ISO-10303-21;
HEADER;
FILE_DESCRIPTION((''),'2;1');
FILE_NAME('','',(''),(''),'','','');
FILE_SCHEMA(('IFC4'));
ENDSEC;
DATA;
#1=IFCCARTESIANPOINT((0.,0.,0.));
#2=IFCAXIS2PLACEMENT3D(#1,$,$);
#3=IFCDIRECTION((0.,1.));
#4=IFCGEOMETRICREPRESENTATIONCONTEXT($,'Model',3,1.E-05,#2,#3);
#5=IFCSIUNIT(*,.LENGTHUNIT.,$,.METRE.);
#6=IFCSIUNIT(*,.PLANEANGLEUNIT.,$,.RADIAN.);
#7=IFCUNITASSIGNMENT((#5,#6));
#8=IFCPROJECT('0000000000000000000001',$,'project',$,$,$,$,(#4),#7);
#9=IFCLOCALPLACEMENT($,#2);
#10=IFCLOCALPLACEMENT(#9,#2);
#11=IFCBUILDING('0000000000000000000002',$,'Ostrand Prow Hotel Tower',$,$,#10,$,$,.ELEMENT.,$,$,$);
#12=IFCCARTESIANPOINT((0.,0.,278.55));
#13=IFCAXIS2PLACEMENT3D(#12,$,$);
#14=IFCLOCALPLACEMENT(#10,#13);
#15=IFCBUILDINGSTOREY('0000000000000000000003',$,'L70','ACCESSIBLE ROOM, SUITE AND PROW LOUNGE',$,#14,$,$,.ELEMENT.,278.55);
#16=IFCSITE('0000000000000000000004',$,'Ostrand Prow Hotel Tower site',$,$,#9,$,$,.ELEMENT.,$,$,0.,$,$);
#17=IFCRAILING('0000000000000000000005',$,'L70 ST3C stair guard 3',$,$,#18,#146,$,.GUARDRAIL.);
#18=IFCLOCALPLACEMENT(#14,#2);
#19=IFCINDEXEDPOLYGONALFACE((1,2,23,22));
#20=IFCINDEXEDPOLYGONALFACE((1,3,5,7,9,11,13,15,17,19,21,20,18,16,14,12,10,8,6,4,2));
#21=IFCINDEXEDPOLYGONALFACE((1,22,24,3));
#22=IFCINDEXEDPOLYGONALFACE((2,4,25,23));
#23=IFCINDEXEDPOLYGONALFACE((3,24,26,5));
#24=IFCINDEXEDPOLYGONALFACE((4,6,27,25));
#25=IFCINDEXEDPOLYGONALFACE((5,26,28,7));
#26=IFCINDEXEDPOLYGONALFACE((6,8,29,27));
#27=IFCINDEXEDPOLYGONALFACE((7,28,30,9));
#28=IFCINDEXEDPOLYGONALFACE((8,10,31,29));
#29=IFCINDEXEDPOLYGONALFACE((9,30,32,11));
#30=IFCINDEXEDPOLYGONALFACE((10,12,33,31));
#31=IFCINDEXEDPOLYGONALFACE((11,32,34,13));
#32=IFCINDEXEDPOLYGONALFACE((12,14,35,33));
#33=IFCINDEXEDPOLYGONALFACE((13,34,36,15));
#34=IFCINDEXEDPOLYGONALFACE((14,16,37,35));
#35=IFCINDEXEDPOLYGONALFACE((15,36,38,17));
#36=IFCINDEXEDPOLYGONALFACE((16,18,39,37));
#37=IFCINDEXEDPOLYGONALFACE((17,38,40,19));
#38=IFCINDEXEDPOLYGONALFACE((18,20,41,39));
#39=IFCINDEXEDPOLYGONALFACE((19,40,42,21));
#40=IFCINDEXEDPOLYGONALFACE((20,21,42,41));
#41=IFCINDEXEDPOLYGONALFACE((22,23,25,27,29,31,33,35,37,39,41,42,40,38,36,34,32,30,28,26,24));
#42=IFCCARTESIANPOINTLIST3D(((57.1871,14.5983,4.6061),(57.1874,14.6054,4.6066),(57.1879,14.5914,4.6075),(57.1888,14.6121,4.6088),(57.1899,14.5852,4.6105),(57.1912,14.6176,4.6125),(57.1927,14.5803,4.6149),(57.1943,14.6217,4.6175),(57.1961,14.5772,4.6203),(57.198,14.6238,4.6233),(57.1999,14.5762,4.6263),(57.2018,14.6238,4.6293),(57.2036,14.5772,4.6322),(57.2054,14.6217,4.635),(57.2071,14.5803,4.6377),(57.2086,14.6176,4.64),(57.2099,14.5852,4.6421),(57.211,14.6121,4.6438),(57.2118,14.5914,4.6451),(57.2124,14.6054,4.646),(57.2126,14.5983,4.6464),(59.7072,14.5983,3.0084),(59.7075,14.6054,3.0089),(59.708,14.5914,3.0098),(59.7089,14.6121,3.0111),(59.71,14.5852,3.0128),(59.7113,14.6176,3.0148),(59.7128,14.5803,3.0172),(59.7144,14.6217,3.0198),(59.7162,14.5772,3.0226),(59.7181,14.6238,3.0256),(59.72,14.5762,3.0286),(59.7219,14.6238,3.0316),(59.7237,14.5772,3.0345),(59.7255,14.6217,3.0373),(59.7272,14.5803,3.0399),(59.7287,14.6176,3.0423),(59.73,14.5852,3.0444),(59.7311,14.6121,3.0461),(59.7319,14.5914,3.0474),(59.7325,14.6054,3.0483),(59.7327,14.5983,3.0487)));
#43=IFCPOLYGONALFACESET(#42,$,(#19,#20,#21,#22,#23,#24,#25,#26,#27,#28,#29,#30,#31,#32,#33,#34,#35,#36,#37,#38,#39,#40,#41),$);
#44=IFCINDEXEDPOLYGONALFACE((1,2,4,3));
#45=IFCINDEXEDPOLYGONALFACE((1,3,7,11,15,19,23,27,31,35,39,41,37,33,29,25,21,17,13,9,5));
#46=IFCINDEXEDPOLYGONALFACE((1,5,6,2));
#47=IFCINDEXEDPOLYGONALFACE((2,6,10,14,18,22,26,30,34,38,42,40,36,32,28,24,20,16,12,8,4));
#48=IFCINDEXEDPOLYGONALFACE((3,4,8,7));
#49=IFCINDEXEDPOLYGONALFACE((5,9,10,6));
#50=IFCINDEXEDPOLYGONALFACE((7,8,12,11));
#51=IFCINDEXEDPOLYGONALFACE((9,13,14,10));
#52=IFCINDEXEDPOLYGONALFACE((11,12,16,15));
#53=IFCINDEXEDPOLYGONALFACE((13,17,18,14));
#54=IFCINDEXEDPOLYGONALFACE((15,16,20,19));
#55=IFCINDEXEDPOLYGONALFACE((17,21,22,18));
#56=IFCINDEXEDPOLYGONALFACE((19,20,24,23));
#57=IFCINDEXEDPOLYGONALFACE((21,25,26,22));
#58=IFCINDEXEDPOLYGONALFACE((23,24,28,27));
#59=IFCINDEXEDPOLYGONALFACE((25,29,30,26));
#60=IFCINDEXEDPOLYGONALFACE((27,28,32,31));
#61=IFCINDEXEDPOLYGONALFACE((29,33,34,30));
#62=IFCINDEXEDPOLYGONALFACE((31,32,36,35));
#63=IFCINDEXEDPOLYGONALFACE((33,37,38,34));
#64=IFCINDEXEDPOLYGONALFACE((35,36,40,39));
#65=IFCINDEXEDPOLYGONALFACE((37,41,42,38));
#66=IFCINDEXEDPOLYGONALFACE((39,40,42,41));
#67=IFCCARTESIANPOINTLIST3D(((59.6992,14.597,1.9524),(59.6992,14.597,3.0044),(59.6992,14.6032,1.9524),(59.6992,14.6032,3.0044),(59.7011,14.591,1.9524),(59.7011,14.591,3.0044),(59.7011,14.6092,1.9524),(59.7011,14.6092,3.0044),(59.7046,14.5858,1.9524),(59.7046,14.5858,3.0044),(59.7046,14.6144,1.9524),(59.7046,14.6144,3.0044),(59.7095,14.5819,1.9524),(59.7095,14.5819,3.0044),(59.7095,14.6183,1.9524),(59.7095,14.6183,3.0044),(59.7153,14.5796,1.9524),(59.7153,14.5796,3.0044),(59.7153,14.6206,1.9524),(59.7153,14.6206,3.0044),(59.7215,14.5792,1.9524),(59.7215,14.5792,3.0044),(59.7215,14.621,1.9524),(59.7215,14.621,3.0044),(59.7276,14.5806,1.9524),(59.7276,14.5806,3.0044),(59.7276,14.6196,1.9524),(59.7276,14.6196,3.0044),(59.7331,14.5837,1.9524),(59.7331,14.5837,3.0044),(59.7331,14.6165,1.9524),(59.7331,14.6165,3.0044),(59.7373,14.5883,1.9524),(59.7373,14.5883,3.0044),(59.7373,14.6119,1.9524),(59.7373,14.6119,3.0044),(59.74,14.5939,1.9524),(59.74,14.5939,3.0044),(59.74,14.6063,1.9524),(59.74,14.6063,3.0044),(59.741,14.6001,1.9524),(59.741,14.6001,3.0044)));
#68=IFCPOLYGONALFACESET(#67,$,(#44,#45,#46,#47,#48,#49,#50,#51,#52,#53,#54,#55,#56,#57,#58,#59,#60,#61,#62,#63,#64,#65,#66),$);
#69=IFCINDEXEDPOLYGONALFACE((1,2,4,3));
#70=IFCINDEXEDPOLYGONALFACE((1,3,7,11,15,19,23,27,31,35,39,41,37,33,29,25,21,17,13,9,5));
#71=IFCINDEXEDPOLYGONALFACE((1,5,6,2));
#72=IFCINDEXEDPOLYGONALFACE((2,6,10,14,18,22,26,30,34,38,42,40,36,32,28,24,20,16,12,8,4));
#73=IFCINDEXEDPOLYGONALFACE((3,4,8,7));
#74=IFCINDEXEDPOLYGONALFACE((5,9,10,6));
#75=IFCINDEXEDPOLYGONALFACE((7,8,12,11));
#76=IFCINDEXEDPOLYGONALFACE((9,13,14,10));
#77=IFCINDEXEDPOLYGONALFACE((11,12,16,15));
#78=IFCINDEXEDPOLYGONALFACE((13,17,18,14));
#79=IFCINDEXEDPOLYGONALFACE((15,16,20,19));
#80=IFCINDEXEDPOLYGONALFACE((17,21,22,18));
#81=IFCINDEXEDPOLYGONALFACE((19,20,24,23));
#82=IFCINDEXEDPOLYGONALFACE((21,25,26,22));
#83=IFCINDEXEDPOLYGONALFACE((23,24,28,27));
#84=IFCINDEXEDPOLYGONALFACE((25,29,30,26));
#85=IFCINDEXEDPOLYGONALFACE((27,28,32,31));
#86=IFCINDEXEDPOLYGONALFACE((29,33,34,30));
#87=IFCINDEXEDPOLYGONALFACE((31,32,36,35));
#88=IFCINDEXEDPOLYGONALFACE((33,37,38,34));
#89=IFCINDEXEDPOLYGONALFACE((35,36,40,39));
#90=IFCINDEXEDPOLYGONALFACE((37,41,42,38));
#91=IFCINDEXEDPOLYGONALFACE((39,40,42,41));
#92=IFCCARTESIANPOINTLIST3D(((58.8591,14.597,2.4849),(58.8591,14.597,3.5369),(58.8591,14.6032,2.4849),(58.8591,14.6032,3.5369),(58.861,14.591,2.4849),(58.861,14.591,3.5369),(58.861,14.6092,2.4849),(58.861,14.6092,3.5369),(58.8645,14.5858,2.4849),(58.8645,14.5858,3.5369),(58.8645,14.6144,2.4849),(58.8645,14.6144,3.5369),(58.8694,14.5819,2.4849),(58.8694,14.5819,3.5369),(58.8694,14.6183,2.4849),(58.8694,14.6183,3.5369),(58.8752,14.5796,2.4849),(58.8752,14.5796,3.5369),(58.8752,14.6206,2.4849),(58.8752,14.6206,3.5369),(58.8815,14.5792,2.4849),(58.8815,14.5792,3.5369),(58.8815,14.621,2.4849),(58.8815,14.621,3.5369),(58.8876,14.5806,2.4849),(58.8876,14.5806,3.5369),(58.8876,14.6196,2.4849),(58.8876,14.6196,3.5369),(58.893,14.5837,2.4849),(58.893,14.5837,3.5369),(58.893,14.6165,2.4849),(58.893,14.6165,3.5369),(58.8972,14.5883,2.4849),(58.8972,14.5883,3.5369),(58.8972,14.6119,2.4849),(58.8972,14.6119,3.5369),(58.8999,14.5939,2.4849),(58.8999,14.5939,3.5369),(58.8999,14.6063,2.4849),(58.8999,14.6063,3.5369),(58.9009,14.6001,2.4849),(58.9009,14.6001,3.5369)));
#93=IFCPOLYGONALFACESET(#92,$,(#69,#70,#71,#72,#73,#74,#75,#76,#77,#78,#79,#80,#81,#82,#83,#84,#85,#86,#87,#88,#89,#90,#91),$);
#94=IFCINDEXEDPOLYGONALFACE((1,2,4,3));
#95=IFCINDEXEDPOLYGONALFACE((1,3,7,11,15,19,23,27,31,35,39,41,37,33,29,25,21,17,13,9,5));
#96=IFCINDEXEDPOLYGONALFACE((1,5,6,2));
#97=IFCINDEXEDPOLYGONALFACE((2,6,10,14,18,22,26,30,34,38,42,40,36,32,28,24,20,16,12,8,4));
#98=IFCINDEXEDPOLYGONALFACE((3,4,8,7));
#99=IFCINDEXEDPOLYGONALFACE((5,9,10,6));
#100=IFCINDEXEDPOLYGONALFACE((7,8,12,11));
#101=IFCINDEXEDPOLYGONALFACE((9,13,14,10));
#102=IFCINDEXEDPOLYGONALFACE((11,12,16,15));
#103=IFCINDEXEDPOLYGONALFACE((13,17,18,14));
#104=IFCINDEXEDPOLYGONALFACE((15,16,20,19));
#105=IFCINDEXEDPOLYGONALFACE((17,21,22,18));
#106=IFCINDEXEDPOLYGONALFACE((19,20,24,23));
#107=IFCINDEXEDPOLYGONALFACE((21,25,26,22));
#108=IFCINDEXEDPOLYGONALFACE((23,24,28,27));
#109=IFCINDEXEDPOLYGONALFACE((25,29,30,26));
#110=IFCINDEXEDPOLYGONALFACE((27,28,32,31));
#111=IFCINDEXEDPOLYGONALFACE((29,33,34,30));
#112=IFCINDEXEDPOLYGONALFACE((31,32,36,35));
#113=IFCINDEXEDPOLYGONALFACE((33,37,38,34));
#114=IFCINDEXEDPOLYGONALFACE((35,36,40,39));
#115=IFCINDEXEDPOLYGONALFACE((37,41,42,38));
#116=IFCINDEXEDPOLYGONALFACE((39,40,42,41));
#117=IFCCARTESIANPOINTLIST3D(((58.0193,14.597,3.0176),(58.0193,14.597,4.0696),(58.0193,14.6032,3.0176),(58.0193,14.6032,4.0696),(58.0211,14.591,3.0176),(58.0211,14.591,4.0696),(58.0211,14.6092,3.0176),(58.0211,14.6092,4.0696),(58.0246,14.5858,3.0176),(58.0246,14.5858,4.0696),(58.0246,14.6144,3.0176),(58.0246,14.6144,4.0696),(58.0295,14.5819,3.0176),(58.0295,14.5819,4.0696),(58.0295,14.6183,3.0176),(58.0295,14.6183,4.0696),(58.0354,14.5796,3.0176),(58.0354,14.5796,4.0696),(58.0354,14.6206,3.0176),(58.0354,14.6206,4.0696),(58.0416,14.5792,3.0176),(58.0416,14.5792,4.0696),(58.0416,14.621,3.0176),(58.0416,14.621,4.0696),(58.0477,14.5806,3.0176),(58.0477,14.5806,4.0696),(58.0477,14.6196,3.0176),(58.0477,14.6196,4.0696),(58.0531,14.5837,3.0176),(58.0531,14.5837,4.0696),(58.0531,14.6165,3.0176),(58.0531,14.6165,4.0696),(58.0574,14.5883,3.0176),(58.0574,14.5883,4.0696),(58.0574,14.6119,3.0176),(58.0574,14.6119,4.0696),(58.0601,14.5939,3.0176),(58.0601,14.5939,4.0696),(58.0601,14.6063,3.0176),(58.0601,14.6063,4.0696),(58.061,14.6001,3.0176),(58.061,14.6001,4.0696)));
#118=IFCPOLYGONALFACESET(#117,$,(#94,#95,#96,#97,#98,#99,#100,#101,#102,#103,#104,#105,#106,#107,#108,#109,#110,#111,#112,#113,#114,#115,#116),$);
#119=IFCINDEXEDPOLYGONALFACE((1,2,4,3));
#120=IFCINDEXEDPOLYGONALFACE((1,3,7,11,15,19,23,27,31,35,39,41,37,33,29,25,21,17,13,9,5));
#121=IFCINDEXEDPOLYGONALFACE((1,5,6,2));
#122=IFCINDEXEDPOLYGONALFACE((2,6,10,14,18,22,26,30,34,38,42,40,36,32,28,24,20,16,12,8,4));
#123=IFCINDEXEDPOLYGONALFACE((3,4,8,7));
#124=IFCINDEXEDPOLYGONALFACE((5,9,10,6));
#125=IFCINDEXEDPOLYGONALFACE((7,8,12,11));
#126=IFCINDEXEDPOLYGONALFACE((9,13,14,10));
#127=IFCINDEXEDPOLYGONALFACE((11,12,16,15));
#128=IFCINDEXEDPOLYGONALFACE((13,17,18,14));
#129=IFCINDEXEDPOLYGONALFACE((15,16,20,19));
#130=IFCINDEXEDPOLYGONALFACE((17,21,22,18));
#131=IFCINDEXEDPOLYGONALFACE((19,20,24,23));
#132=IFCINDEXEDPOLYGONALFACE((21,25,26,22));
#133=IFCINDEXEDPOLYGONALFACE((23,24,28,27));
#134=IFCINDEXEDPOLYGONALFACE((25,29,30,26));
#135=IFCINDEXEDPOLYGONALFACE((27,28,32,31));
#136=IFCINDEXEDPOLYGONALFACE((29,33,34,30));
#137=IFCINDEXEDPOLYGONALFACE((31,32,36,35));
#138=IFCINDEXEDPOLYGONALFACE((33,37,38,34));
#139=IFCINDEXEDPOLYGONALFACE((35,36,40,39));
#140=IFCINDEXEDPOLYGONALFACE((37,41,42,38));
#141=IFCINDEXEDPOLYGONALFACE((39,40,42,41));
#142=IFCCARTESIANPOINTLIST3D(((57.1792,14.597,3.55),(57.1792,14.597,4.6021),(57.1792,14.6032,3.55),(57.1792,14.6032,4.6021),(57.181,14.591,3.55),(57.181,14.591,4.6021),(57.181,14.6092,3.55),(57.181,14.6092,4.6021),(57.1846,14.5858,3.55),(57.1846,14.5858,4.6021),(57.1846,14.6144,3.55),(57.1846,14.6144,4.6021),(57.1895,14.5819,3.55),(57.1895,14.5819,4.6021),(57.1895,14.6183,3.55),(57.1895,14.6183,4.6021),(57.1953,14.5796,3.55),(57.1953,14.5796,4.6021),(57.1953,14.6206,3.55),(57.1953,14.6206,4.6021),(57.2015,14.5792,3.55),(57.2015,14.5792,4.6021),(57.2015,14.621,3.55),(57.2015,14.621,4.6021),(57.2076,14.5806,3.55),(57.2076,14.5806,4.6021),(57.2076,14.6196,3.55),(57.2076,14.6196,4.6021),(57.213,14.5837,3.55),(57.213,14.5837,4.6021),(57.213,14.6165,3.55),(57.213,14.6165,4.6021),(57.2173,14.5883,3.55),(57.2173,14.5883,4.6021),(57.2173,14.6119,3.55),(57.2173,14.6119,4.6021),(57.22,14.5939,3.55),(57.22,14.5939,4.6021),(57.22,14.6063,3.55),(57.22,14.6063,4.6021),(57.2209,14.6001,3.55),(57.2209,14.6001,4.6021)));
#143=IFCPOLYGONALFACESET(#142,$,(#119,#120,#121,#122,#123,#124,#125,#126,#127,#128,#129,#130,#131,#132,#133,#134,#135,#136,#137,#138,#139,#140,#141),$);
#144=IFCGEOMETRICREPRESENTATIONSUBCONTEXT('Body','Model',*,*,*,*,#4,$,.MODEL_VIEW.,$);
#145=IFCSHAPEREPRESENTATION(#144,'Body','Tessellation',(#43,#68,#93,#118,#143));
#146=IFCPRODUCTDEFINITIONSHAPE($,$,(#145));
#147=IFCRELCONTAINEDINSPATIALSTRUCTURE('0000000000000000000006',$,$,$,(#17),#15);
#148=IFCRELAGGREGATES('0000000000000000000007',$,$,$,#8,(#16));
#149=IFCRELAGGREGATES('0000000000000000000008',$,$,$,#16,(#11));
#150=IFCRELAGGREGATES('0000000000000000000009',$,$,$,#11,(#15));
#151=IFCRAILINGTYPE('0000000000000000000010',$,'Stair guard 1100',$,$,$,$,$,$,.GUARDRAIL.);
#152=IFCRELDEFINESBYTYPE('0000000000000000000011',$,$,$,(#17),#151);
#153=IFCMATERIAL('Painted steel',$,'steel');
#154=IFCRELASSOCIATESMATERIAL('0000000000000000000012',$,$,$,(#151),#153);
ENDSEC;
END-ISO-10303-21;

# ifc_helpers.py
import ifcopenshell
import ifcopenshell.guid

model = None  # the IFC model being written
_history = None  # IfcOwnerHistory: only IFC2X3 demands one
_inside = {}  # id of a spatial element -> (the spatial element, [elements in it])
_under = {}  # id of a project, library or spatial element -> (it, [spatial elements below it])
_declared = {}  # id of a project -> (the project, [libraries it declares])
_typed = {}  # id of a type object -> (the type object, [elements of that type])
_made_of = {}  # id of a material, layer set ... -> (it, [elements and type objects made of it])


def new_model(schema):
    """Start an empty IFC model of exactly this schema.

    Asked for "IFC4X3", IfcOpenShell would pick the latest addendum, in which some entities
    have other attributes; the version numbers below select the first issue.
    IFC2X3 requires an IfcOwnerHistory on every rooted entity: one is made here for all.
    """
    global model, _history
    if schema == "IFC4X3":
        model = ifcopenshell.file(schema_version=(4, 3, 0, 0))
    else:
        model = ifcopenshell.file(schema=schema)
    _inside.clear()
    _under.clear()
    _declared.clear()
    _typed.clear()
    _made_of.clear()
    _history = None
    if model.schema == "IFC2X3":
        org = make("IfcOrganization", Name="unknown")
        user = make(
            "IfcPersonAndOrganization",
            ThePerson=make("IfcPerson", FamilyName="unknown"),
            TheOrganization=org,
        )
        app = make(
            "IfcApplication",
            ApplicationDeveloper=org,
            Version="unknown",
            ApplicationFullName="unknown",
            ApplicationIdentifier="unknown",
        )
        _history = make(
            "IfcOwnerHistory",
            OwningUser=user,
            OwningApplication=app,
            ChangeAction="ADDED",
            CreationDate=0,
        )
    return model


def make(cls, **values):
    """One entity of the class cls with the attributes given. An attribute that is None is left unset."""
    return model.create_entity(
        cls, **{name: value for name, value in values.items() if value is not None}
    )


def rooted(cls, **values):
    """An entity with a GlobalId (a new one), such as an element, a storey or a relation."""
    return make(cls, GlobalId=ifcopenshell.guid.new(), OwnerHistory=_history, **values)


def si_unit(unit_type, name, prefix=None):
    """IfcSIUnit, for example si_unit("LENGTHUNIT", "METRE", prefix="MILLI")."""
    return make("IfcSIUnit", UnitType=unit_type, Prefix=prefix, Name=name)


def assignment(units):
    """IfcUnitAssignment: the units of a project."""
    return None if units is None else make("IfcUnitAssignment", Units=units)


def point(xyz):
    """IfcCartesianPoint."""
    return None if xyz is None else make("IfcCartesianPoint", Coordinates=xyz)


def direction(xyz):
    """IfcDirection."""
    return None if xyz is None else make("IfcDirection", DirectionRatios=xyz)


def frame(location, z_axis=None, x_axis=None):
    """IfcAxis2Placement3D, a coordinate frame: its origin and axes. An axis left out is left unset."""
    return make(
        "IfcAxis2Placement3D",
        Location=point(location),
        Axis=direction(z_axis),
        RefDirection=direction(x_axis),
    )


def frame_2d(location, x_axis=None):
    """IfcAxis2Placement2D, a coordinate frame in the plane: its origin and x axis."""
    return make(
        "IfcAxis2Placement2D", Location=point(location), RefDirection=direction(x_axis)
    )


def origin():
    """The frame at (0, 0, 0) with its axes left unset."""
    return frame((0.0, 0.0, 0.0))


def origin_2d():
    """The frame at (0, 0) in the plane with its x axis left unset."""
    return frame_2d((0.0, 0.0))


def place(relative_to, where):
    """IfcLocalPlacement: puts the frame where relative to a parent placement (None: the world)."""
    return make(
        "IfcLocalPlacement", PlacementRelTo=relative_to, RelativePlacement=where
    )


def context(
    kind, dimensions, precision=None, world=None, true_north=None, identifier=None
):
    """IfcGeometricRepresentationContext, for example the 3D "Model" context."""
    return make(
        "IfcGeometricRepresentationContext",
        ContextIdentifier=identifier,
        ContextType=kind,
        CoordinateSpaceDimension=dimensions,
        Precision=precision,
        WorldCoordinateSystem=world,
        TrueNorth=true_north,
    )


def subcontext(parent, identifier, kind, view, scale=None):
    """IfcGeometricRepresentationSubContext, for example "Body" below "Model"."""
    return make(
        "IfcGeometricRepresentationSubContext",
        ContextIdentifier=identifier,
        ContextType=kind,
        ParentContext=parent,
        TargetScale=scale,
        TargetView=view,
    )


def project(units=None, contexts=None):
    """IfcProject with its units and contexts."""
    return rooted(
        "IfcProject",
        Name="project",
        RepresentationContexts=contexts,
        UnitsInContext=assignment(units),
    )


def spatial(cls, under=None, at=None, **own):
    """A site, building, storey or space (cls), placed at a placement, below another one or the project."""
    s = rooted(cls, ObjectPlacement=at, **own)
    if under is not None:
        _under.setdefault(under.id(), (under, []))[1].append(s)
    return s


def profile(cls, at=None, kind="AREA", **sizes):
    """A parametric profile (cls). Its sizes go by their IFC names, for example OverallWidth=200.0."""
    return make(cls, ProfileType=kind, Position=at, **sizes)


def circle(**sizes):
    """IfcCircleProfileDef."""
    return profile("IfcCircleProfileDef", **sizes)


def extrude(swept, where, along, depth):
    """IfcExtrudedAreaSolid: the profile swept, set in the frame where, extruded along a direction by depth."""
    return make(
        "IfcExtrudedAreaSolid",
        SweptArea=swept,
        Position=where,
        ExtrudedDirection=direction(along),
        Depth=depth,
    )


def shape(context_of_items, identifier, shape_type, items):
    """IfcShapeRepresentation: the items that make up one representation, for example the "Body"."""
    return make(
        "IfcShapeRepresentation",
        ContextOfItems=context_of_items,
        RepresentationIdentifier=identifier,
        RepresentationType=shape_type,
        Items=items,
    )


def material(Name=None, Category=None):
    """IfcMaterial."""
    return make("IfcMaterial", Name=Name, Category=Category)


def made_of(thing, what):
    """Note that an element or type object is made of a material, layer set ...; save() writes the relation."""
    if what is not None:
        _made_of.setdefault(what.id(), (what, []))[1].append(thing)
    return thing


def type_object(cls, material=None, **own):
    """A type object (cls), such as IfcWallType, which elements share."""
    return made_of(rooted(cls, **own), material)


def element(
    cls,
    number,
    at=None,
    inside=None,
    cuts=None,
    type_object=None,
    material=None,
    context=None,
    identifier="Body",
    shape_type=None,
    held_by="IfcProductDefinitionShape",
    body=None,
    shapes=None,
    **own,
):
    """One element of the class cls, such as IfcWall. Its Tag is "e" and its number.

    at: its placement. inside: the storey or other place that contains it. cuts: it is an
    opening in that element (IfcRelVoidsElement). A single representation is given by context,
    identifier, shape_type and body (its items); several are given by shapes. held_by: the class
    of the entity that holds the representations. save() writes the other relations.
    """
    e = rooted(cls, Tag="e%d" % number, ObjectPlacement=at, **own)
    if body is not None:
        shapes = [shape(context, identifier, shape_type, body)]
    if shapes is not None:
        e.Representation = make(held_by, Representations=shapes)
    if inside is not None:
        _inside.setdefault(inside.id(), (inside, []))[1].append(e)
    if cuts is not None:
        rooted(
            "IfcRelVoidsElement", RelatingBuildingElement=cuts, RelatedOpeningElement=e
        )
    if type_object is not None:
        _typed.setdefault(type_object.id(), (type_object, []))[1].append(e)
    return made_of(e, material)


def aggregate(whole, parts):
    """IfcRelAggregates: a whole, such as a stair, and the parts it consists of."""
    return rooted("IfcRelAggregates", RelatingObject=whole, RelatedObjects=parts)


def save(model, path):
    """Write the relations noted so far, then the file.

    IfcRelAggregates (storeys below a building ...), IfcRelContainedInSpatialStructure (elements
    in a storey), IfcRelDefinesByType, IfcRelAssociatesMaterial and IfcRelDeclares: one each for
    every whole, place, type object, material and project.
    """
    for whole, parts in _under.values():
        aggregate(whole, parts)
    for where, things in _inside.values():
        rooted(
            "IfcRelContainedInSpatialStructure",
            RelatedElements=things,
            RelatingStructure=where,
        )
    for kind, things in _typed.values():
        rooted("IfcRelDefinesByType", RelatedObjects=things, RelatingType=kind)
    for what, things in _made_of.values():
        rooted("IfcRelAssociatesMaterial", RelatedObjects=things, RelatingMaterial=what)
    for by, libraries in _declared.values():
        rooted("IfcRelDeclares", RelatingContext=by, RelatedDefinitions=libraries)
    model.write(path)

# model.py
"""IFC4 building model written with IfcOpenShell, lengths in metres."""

from ifc_helpers import new_model, si_unit, direction, frame, origin, origin_2d, place, context, subcontext, project, spatial, circle, extrude, material, type_object, element, save


model = new_model("IFC4")

# Units and contexts
model_context = context("Model", 3, precision=1e-05, world=origin(), true_north=direction((0.0, 1.0)))
body_context = subcontext(model_context, "Body", "Model", "MODEL_VIEW")
ifc_project = project(units=[si_unit("LENGTHUNIT", "METRE"), si_unit("PLANEANGLEUNIT", "RADIAN")], contexts=[model_context])

# Site, building, storey
site_placement = place(None, origin())
site = spatial("IfcSite", under=ifc_project, at=site_placement, Name="Ostrand Prow Hotel Tower site", CompositionType="ELEMENT", RefElevation=0.0)
building_placement = place(site_placement, origin())
building = spatial("IfcBuilding", under=site, at=building_placement, Name="Ostrand Prow Hotel Tower", CompositionType="ELEMENT")
storey_placement = place(building_placement, frame((0.0, 0.0, 278.55)))
storey = spatial("IfcBuildingStorey", under=building, at=storey_placement, Name="L70", Description="ACCESSIBLE ROOM, SUITE AND PROW LOUNGE", CompositionType="ELEMENT", Elevation=278.55)

# Railing
ifc_material_1 = material(Name="Painted steel", Category="steel")
railing_type_1 = type_object("IfcRailingType", Name="Stair guard 1100", PredefinedType="GUARDRAIL", material=ifc_material_1)
railing_1_placement = place(storey_placement, frame((59.72, 14.6001, 1.9524)))
element("IfcRailing", 1, at=railing_1_placement, inside=storey, type_object=railing_type_1, Name="L70 ST3C stair guard 3", PredefinedType="GUARDRAIL", context=body_context, shape_type="SweptSolid", body=[
    extrude(circle(Radius=0.0239, at=origin_2d()), frame((0.0, 0.0, 1.0762), z_axis=(-0.84457, 0.0, 0.535445), x_axis=(0.0, -1.0, 0.0)), (0.0, 0.0, 1.0), 2.9839),
    extrude(circle(Radius=0.021, at=origin_2d()), origin(), (0.0, 0.0, 1.0), 1.052),
    extrude(circle(Radius=0.021, at=origin_2d()), frame((-0.8401, 0.0, 0.5325)), (0.0, 0.0, 1.0), 1.052),
    extrude(circle(Radius=0.021, at=origin_2d()), frame((-1.6799, 0.0, 1.0652)), (0.0, 0.0, 1.0), 1.052),
    extrude(circle(Radius=0.021, at=origin_2d()), frame((-2.52, 0.0, 1.5977)), (0.0, 0.0, 1.0), 1.052),
])

save(model, "model.ifc")
